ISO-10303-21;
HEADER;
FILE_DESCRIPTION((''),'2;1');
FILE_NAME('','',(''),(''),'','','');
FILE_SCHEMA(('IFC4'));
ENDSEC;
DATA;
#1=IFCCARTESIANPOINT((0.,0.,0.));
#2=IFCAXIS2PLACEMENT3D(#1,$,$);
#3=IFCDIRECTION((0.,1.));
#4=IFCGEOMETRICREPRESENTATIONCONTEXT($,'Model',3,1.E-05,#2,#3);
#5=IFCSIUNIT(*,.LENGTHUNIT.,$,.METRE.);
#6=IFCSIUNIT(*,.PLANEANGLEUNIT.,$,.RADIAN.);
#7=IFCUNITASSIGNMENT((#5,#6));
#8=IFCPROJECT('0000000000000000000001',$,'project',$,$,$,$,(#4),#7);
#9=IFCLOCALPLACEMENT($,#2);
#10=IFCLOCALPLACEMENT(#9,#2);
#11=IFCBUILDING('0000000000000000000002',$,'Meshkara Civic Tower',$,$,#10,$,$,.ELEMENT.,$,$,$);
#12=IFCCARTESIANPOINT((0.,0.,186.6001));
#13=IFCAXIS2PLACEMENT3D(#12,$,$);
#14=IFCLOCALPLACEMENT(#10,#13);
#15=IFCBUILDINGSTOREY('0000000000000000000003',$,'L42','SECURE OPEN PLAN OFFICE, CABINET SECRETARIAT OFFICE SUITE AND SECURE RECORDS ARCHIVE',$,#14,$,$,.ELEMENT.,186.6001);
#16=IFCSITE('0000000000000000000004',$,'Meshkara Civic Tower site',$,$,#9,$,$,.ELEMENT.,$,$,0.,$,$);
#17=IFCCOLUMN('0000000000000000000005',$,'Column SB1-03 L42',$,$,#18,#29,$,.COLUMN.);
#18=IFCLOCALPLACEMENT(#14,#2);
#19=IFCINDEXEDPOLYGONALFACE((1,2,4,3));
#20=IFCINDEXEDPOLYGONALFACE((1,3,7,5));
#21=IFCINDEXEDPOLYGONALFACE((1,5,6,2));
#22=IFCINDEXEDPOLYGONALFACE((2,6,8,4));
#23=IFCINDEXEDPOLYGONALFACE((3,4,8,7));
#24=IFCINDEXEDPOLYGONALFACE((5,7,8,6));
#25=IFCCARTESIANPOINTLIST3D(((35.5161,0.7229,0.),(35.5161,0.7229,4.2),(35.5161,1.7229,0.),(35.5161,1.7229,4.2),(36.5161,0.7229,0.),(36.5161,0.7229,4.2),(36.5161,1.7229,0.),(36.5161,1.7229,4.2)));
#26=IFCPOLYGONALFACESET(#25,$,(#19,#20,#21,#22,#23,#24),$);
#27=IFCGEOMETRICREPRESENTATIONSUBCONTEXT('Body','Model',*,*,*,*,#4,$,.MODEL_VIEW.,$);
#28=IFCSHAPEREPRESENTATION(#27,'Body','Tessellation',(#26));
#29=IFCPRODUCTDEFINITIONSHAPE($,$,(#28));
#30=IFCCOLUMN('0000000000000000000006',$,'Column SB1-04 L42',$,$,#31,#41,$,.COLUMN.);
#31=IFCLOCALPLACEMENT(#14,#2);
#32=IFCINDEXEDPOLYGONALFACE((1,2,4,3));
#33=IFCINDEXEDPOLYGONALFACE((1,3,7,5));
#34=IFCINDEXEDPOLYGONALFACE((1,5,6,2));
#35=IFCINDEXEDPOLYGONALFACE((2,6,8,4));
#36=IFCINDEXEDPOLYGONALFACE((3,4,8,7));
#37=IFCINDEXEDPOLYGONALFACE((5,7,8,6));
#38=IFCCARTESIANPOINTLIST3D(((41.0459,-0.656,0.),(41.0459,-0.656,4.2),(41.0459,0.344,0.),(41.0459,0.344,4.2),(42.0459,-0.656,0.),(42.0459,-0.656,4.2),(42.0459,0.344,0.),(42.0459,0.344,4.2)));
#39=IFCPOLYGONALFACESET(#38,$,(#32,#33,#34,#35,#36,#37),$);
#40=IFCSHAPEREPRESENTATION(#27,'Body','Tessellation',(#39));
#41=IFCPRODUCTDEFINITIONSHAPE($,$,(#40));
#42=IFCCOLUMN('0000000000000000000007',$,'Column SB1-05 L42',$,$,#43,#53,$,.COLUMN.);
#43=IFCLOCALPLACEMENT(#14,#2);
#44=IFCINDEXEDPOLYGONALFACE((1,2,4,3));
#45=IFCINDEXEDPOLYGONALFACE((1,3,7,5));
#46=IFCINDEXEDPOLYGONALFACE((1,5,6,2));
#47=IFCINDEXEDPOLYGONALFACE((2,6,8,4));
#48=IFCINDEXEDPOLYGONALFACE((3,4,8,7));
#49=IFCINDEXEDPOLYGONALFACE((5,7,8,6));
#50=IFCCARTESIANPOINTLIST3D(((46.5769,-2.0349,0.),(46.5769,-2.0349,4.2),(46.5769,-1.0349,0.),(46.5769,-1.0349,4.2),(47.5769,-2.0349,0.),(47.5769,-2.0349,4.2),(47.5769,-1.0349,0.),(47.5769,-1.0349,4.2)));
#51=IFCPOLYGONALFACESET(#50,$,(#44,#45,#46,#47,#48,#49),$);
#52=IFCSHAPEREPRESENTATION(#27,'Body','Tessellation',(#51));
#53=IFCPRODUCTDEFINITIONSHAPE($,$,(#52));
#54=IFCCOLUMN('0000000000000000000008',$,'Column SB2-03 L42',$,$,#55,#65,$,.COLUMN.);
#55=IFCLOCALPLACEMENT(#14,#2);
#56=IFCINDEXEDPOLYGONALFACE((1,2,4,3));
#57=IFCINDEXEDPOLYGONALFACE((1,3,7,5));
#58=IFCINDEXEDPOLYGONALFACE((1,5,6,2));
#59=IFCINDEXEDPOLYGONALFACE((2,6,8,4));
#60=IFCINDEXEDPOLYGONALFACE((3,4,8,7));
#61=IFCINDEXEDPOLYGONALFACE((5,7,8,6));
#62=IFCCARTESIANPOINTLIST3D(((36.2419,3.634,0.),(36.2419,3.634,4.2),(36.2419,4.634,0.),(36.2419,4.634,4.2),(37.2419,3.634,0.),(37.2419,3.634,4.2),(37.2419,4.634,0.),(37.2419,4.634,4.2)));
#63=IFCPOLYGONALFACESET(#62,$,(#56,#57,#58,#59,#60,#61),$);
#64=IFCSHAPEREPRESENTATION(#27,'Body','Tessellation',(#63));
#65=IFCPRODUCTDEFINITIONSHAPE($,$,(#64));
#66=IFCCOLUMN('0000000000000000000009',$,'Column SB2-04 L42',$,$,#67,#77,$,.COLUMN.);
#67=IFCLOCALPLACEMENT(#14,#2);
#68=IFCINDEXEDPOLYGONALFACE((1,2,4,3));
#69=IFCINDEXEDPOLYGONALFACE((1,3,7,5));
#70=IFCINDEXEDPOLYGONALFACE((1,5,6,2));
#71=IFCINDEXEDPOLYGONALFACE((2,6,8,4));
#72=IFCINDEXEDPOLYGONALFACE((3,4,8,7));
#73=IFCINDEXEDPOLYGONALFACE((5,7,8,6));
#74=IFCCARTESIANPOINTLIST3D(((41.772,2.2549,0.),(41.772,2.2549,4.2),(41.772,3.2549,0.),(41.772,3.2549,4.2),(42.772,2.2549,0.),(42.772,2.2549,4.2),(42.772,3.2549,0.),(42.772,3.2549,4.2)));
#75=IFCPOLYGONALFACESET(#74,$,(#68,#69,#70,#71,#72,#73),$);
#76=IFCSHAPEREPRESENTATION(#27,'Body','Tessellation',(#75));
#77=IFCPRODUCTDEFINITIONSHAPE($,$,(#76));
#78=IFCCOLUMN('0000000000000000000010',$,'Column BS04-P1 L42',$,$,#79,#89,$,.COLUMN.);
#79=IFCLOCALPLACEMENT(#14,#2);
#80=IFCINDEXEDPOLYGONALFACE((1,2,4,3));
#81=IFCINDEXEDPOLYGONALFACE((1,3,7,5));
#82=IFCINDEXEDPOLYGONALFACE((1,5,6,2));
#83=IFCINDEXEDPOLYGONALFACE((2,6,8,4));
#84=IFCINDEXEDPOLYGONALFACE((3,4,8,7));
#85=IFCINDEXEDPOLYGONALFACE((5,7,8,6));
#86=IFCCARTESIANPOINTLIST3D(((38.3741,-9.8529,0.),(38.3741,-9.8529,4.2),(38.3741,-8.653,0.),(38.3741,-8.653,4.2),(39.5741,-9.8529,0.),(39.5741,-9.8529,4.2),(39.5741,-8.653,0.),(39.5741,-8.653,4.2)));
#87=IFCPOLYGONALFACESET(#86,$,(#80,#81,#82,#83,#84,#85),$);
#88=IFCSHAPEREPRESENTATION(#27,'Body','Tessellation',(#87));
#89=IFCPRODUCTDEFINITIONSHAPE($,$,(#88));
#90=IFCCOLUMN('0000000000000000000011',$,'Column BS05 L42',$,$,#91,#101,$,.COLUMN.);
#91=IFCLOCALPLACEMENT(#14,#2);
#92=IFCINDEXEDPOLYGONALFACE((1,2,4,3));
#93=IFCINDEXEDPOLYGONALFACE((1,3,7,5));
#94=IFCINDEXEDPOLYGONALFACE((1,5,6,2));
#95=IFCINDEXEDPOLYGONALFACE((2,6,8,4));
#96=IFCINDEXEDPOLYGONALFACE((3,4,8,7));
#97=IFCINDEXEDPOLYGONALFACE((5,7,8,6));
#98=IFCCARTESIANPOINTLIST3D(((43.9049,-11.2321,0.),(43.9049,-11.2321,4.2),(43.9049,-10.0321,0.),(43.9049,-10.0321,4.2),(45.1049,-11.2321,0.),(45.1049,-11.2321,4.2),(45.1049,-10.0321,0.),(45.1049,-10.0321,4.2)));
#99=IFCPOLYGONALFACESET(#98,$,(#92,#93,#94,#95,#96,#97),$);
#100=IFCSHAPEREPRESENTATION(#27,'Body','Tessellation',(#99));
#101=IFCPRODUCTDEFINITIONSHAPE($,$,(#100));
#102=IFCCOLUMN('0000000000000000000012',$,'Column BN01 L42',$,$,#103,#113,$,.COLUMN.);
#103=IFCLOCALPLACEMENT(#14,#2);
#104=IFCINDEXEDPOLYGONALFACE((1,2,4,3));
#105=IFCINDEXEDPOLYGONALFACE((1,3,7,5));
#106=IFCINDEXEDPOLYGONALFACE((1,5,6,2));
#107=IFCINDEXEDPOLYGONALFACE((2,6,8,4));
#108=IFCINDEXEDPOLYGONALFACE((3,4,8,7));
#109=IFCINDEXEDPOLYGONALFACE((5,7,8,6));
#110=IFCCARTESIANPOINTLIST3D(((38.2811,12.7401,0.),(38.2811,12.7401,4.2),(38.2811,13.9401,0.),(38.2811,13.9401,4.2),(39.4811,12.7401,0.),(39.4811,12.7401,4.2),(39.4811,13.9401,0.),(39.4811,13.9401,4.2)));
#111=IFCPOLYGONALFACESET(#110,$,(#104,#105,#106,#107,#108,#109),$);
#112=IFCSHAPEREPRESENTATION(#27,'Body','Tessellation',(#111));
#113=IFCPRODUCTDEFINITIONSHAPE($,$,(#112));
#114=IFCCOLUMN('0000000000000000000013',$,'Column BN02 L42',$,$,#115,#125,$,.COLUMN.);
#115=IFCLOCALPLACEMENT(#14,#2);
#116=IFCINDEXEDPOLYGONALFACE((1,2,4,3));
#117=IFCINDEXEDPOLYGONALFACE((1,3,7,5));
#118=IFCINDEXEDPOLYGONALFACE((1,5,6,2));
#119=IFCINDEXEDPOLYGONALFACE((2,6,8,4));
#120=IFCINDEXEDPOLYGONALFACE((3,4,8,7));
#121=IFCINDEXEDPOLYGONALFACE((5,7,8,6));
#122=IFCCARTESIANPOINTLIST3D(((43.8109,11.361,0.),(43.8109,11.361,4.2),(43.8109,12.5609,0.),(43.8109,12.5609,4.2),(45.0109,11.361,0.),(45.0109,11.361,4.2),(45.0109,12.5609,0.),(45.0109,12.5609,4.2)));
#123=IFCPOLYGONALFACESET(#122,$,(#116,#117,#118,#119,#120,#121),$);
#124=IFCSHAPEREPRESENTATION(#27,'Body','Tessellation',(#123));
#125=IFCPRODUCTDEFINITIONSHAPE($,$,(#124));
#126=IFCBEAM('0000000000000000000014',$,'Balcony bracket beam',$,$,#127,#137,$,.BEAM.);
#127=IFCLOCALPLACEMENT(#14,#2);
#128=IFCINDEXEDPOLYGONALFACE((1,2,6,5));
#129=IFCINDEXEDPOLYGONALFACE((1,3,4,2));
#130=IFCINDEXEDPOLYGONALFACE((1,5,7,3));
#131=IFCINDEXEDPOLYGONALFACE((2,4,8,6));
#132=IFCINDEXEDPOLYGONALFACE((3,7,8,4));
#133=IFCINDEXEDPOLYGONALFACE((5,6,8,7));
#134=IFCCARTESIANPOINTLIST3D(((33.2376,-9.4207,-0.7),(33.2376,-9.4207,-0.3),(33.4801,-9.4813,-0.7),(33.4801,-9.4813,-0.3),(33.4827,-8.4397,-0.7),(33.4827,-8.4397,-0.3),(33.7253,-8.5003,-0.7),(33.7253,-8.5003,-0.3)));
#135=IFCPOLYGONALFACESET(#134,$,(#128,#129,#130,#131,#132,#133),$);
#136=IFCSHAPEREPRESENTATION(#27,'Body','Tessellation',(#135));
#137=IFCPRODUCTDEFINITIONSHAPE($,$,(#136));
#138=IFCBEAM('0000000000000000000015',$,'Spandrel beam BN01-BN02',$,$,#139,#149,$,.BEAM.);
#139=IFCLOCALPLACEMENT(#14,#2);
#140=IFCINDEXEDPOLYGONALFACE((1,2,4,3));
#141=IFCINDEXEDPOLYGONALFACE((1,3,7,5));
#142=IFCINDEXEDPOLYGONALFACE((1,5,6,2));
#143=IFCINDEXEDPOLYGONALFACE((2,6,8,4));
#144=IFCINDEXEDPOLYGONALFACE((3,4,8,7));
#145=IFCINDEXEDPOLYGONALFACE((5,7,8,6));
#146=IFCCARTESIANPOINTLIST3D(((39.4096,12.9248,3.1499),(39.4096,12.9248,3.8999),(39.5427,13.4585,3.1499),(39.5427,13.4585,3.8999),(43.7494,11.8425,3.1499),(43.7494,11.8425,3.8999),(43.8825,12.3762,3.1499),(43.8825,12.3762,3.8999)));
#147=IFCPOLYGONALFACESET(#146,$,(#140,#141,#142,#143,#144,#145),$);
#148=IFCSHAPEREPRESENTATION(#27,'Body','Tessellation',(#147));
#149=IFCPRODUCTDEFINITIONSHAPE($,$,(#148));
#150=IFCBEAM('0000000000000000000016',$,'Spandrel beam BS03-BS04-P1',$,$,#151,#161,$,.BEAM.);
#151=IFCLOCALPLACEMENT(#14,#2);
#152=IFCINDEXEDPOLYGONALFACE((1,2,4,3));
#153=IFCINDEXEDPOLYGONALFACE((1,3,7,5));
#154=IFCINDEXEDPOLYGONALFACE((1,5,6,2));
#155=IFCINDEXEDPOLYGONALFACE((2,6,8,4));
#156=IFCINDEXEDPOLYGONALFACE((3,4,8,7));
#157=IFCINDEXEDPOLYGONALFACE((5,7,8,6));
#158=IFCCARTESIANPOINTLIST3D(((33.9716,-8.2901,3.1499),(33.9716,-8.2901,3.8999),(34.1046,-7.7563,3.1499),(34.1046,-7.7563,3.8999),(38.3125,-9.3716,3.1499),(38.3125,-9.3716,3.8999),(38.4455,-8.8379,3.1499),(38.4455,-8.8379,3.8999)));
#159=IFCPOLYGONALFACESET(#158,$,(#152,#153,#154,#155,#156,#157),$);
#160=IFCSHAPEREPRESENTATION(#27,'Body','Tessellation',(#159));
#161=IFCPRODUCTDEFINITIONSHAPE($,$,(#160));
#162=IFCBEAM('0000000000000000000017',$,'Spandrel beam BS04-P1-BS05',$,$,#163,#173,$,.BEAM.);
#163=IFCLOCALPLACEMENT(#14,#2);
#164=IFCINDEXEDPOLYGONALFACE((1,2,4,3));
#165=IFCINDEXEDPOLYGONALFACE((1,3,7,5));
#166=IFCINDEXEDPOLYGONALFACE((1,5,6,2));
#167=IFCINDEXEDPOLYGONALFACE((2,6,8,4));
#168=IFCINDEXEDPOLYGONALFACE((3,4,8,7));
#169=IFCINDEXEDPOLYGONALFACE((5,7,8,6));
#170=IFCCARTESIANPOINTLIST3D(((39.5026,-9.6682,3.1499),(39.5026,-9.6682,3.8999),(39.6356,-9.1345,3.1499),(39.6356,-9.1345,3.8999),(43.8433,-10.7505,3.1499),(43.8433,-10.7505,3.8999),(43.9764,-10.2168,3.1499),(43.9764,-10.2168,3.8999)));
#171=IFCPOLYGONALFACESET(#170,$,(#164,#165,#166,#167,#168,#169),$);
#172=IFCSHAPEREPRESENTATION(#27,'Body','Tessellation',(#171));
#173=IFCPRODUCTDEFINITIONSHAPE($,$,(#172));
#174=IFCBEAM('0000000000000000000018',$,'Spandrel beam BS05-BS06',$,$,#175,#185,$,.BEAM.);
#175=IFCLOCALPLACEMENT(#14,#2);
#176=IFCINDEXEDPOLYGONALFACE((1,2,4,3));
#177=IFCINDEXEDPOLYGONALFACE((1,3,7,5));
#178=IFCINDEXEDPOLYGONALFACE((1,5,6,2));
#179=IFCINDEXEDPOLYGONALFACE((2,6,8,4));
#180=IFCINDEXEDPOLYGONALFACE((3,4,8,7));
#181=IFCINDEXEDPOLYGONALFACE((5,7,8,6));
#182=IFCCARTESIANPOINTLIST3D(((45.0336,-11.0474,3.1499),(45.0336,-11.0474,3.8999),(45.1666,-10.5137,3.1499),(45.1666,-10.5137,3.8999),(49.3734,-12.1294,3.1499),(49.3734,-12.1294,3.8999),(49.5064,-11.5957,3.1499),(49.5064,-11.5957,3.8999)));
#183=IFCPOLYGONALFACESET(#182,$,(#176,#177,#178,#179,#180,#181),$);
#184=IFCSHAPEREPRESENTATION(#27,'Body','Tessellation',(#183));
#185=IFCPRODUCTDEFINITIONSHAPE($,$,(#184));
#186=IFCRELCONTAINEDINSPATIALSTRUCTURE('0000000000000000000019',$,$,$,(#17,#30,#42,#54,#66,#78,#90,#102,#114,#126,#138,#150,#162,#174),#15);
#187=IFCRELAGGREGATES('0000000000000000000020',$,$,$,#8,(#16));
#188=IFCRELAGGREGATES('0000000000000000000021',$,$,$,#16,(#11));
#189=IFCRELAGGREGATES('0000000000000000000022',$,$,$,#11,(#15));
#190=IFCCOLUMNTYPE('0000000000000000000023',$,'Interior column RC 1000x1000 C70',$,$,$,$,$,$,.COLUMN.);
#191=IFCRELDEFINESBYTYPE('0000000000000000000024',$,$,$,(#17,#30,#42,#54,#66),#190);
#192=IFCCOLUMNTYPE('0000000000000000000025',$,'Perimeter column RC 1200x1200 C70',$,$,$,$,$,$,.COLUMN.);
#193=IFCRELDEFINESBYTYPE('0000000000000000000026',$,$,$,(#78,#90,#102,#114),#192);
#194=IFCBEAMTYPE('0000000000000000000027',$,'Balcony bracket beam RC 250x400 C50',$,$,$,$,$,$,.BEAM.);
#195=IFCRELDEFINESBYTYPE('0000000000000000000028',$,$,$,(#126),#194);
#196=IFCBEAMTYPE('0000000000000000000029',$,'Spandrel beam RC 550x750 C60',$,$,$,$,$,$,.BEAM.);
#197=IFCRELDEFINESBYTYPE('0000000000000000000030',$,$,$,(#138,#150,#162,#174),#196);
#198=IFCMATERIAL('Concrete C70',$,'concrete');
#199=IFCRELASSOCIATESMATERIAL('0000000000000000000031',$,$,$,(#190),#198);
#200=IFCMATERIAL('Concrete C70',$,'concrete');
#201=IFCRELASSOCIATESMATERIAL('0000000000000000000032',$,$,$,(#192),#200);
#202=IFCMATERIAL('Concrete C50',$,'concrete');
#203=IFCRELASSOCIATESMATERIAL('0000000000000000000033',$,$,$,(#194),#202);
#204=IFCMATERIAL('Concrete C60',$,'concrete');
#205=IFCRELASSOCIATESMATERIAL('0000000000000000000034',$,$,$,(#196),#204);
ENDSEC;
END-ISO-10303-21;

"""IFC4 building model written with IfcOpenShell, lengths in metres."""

from ifc_helpers import new_model, si_unit, direction, frame, origin, origin_2d, place, context, subcontext, project, spatial, rectangle, extrude, material, material_profile, profile_set, type_object, element, save


model = new_model("IFC4")

# Units and contexts
model_context = context("Model", 3, precision=1e-05, world=origin(), true_north=direction((0.0, 1.0)))
body_context = subcontext(model_context, "Body", "Model", "MODEL_VIEW")
ifc_project = project(units=[si_unit("LENGTHUNIT", "METRE"), si_unit("PLANEANGLEUNIT", "RADIAN")], contexts=[model_context])

# Site, building, storey
site_placement = place(None, origin())
site = spatial("IfcSite", under=ifc_project, at=site_placement, Name="Meshkara Civic Tower site", CompositionType="ELEMENT", RefElevation=0.0)
building_placement = place(site_placement, origin())
building = spatial("IfcBuilding", under=site, at=building_placement, Name="Meshkara Civic Tower", CompositionType="ELEMENT")
storey_placement = place(building_placement, frame((0.0, 0.0, 186.6001)))
storey = spatial("IfcBuildingStorey", under=building, at=storey_placement, Name="L42", Description="SECURE OPEN PLAN OFFICE, CABINET SECRETARIAT OFFICE SUITE AND SECURE RECORDS ARCHIVE", CompositionType="ELEMENT", Elevation=186.6001)

# Columns
ifc_material_1 = material(Name="Concrete C70", Category="concrete")
ifc_material_profile_1 = material_profile(ifc_material_1, rectangle(XDim=1.0, YDim=1.0, at=origin_2d()))
ifc_profile_set_1 = profile_set([ifc_material_profile_1], Name="Concrete C70")
column_type_1 = type_object("IfcColumnType", Name="Interior column RC 1000x1000 C70", PredefinedType="COLUMN", material=ifc_profile_set_1)
for number, where, z_axis, x_axis, name in (
    (1, (36.0161, 1.2229, 0.0), (0.0, 0.0, 1.0), (1.0, 0.0, 0.0), "Column SB1-03 L42"),
    (2, (41.5459, -0.156, 0.0), (0.0, 0.0, 1.0), (1.0, 0.0, 0.0), "Column SB1-04 L42"),
    (3, (47.0769, -1.5349, 0.0), (0.0, 0.0, 1.0), (1.0, 0.0, 0.0), "Column SB1-05 L42"),
    (4, (36.7419, 4.134, 0.0), (0.0, 0.0, 1.0), (1.0, 0.0, 0.0), "Column SB2-03 L42"),
    (5, (42.272, 2.7549, 0.0), (0.0, 0.0, 1.0), (1.0, 0.0, 0.0), "Column SB2-04 L42"),
):
    element("IfcColumn", number, at=place(storey_placement, frame(where, z_axis=z_axis, x_axis=x_axis)), inside=storey, type_object=column_type_1, Name=name, PredefinedType="COLUMN", context=body_context, shape_type="SweptSolid", body=[
        extrude(rectangle(XDim=1.0, YDim=1.0, at=origin_2d()), origin(), (0.0, 0.0, 1.0), 4.2),
    ])
ifc_material_2 = material(Name="Concrete C70", Category="concrete")
ifc_material_profile_2 = material_profile(ifc_material_2, rectangle(XDim=1.2, YDim=1.2, at=origin_2d()))
ifc_profile_set_2 = profile_set([ifc_material_profile_2], Name="Concrete C70")
column_type_2 = type_object("IfcColumnType", Name="Perimeter column RC 1200x1200 C70", PredefinedType="COLUMN", material=ifc_profile_set_2)
for number, where, z_axis, x_axis, name in (
    (6, (38.9741, -9.2529, 0.0), (0.0, 0.0, 1.0), (1.0, 0.0, 0.0), "Column BS04-P1 L42"),
    (7, (44.5049, -10.6321, 0.0), (0.0, 0.0, 1.0), (1.0, 0.0, 0.0), "Column BS05 L42"),
    (8, (38.8811, 13.3401, 0.0), (0.0, 0.0, 1.0), (1.0, 0.0, 0.0), "Column BN01 L42"),
    (9, (44.4109, 11.9609, 0.0), (0.0, 0.0, 1.0), (1.0, 0.0, 0.0), "Column BN02 L42"),
):
    element("IfcColumn", number, at=place(storey_placement, frame(where, z_axis=z_axis, x_axis=x_axis)), inside=storey, type_object=column_type_2, Name=name, PredefinedType="COLUMN", context=body_context, shape_type="SweptSolid", body=[
        extrude(rectangle(XDim=1.2, YDim=1.2, at=origin_2d()), origin(), (0.0, 0.0, 1.0), 4.2),
    ])

# Beams
ifc_material_3 = material(Name="Concrete C50", Category="concrete")
ifc_material_profile_3 = material_profile(ifc_material_3, rectangle(XDim=0.25, YDim=0.3999, at=origin_2d()))
ifc_profile_set_3 = profile_set([ifc_material_profile_3], Name="Concrete C50")
beam_type_1 = type_object("IfcBeamType", Name="Balcony bracket beam RC 250x400 C50", PredefinedType="BEAM", material=ifc_profile_set_3)
beam_1_placement = place(storey_placement, frame((33.604, -8.47, -0.5), z_axis=(-0.242422, -0.970171, 0.0), x_axis=(0.970171, -0.242422, 0.0)))
element("IfcBeam", 10, at=beam_1_placement, inside=storey, type_object=beam_type_1, Name="Balcony bracket beam", PredefinedType="BEAM", context=body_context, shape_type="SweptSolid", body=[
    extrude(rectangle(XDim=0.25, YDim=0.3999, at=origin_2d()), origin(), (0.0, 0.0, 1.0), 1.0112),
])
ifc_material_4 = material(Name="Concrete C60", Category="concrete")
ifc_material_profile_4 = material_profile(ifc_material_4, rectangle(XDim=0.55, YDim=0.75, at=origin_2d()))
ifc_profile_set_4 = profile_set([ifc_material_profile_4], Name="Concrete C60")
beam_type_2 = type_object("IfcBeamType", Name="Spandrel beam RC 550x750 C60", PredefinedType="BEAM", material=ifc_profile_set_4)
beam_2_placement = place(storey_placement, frame((43.8159, 12.1094, 3.5249), z_axis=(-0.970284, 0.24197, 0.0), x_axis=(-0.24197, -0.970284, 0.0)))
element("IfcBeam", 11, at=beam_2_placement, inside=storey, type_object=beam_type_2, Name="Spandrel beam BN01-BN02", PredefinedType="BEAM", context=body_context, shape_type="SweptSolid", body=[
    extrude(rectangle(XDim=0.55, YDim=0.75, at=origin_2d()), origin(), (0.0, 0.0, 1.0), 4.4727),
])
for number, where, z_axis, x_axis, name in (
    (12, (34.0381, -8.0232, 3.5249), (0.970335, -0.241765, 0.0), (0.241765, 0.970335, 0.0), "Spandrel beam BS03-BS04-P1"),
    (13, (39.5691, -9.4014, 3.5249), (0.970296, -0.241919, 0.0), (0.241919, 0.970296, 0.0), "Spandrel beam BS04-P1-BS05"),
):
    element("IfcBeam", number, at=place(storey_placement, frame(where, z_axis=z_axis, x_axis=x_axis)), inside=storey, type_object=beam_type_2, Name=name, PredefinedType="BEAM", context=body_context, shape_type="SweptSolid", body=[
        extrude(rectangle(XDim=0.55, YDim=0.75, at=origin_2d()), origin(), (0.0, 0.0, 1.0), 4.4736),
    ])
beam_3_placement = place(storey_placement, frame((45.1001, -10.7805, 3.5249), z_axis=(0.970296, -0.241919, 0.0), x_axis=(0.241919, 0.970296, 0.0)))
element("IfcBeam", 14, at=beam_3_placement, inside=storey, type_object=beam_type_2, Name="Spandrel beam BS05-BS06", PredefinedType="BEAM", context=body_context, shape_type="SweptSolid", body=[
    extrude(rectangle(XDim=0.55, YDim=0.75, at=origin_2d()), origin(), (0.0, 0.0, 1.0), 4.4727),
])

save(model, "model.ifc")
